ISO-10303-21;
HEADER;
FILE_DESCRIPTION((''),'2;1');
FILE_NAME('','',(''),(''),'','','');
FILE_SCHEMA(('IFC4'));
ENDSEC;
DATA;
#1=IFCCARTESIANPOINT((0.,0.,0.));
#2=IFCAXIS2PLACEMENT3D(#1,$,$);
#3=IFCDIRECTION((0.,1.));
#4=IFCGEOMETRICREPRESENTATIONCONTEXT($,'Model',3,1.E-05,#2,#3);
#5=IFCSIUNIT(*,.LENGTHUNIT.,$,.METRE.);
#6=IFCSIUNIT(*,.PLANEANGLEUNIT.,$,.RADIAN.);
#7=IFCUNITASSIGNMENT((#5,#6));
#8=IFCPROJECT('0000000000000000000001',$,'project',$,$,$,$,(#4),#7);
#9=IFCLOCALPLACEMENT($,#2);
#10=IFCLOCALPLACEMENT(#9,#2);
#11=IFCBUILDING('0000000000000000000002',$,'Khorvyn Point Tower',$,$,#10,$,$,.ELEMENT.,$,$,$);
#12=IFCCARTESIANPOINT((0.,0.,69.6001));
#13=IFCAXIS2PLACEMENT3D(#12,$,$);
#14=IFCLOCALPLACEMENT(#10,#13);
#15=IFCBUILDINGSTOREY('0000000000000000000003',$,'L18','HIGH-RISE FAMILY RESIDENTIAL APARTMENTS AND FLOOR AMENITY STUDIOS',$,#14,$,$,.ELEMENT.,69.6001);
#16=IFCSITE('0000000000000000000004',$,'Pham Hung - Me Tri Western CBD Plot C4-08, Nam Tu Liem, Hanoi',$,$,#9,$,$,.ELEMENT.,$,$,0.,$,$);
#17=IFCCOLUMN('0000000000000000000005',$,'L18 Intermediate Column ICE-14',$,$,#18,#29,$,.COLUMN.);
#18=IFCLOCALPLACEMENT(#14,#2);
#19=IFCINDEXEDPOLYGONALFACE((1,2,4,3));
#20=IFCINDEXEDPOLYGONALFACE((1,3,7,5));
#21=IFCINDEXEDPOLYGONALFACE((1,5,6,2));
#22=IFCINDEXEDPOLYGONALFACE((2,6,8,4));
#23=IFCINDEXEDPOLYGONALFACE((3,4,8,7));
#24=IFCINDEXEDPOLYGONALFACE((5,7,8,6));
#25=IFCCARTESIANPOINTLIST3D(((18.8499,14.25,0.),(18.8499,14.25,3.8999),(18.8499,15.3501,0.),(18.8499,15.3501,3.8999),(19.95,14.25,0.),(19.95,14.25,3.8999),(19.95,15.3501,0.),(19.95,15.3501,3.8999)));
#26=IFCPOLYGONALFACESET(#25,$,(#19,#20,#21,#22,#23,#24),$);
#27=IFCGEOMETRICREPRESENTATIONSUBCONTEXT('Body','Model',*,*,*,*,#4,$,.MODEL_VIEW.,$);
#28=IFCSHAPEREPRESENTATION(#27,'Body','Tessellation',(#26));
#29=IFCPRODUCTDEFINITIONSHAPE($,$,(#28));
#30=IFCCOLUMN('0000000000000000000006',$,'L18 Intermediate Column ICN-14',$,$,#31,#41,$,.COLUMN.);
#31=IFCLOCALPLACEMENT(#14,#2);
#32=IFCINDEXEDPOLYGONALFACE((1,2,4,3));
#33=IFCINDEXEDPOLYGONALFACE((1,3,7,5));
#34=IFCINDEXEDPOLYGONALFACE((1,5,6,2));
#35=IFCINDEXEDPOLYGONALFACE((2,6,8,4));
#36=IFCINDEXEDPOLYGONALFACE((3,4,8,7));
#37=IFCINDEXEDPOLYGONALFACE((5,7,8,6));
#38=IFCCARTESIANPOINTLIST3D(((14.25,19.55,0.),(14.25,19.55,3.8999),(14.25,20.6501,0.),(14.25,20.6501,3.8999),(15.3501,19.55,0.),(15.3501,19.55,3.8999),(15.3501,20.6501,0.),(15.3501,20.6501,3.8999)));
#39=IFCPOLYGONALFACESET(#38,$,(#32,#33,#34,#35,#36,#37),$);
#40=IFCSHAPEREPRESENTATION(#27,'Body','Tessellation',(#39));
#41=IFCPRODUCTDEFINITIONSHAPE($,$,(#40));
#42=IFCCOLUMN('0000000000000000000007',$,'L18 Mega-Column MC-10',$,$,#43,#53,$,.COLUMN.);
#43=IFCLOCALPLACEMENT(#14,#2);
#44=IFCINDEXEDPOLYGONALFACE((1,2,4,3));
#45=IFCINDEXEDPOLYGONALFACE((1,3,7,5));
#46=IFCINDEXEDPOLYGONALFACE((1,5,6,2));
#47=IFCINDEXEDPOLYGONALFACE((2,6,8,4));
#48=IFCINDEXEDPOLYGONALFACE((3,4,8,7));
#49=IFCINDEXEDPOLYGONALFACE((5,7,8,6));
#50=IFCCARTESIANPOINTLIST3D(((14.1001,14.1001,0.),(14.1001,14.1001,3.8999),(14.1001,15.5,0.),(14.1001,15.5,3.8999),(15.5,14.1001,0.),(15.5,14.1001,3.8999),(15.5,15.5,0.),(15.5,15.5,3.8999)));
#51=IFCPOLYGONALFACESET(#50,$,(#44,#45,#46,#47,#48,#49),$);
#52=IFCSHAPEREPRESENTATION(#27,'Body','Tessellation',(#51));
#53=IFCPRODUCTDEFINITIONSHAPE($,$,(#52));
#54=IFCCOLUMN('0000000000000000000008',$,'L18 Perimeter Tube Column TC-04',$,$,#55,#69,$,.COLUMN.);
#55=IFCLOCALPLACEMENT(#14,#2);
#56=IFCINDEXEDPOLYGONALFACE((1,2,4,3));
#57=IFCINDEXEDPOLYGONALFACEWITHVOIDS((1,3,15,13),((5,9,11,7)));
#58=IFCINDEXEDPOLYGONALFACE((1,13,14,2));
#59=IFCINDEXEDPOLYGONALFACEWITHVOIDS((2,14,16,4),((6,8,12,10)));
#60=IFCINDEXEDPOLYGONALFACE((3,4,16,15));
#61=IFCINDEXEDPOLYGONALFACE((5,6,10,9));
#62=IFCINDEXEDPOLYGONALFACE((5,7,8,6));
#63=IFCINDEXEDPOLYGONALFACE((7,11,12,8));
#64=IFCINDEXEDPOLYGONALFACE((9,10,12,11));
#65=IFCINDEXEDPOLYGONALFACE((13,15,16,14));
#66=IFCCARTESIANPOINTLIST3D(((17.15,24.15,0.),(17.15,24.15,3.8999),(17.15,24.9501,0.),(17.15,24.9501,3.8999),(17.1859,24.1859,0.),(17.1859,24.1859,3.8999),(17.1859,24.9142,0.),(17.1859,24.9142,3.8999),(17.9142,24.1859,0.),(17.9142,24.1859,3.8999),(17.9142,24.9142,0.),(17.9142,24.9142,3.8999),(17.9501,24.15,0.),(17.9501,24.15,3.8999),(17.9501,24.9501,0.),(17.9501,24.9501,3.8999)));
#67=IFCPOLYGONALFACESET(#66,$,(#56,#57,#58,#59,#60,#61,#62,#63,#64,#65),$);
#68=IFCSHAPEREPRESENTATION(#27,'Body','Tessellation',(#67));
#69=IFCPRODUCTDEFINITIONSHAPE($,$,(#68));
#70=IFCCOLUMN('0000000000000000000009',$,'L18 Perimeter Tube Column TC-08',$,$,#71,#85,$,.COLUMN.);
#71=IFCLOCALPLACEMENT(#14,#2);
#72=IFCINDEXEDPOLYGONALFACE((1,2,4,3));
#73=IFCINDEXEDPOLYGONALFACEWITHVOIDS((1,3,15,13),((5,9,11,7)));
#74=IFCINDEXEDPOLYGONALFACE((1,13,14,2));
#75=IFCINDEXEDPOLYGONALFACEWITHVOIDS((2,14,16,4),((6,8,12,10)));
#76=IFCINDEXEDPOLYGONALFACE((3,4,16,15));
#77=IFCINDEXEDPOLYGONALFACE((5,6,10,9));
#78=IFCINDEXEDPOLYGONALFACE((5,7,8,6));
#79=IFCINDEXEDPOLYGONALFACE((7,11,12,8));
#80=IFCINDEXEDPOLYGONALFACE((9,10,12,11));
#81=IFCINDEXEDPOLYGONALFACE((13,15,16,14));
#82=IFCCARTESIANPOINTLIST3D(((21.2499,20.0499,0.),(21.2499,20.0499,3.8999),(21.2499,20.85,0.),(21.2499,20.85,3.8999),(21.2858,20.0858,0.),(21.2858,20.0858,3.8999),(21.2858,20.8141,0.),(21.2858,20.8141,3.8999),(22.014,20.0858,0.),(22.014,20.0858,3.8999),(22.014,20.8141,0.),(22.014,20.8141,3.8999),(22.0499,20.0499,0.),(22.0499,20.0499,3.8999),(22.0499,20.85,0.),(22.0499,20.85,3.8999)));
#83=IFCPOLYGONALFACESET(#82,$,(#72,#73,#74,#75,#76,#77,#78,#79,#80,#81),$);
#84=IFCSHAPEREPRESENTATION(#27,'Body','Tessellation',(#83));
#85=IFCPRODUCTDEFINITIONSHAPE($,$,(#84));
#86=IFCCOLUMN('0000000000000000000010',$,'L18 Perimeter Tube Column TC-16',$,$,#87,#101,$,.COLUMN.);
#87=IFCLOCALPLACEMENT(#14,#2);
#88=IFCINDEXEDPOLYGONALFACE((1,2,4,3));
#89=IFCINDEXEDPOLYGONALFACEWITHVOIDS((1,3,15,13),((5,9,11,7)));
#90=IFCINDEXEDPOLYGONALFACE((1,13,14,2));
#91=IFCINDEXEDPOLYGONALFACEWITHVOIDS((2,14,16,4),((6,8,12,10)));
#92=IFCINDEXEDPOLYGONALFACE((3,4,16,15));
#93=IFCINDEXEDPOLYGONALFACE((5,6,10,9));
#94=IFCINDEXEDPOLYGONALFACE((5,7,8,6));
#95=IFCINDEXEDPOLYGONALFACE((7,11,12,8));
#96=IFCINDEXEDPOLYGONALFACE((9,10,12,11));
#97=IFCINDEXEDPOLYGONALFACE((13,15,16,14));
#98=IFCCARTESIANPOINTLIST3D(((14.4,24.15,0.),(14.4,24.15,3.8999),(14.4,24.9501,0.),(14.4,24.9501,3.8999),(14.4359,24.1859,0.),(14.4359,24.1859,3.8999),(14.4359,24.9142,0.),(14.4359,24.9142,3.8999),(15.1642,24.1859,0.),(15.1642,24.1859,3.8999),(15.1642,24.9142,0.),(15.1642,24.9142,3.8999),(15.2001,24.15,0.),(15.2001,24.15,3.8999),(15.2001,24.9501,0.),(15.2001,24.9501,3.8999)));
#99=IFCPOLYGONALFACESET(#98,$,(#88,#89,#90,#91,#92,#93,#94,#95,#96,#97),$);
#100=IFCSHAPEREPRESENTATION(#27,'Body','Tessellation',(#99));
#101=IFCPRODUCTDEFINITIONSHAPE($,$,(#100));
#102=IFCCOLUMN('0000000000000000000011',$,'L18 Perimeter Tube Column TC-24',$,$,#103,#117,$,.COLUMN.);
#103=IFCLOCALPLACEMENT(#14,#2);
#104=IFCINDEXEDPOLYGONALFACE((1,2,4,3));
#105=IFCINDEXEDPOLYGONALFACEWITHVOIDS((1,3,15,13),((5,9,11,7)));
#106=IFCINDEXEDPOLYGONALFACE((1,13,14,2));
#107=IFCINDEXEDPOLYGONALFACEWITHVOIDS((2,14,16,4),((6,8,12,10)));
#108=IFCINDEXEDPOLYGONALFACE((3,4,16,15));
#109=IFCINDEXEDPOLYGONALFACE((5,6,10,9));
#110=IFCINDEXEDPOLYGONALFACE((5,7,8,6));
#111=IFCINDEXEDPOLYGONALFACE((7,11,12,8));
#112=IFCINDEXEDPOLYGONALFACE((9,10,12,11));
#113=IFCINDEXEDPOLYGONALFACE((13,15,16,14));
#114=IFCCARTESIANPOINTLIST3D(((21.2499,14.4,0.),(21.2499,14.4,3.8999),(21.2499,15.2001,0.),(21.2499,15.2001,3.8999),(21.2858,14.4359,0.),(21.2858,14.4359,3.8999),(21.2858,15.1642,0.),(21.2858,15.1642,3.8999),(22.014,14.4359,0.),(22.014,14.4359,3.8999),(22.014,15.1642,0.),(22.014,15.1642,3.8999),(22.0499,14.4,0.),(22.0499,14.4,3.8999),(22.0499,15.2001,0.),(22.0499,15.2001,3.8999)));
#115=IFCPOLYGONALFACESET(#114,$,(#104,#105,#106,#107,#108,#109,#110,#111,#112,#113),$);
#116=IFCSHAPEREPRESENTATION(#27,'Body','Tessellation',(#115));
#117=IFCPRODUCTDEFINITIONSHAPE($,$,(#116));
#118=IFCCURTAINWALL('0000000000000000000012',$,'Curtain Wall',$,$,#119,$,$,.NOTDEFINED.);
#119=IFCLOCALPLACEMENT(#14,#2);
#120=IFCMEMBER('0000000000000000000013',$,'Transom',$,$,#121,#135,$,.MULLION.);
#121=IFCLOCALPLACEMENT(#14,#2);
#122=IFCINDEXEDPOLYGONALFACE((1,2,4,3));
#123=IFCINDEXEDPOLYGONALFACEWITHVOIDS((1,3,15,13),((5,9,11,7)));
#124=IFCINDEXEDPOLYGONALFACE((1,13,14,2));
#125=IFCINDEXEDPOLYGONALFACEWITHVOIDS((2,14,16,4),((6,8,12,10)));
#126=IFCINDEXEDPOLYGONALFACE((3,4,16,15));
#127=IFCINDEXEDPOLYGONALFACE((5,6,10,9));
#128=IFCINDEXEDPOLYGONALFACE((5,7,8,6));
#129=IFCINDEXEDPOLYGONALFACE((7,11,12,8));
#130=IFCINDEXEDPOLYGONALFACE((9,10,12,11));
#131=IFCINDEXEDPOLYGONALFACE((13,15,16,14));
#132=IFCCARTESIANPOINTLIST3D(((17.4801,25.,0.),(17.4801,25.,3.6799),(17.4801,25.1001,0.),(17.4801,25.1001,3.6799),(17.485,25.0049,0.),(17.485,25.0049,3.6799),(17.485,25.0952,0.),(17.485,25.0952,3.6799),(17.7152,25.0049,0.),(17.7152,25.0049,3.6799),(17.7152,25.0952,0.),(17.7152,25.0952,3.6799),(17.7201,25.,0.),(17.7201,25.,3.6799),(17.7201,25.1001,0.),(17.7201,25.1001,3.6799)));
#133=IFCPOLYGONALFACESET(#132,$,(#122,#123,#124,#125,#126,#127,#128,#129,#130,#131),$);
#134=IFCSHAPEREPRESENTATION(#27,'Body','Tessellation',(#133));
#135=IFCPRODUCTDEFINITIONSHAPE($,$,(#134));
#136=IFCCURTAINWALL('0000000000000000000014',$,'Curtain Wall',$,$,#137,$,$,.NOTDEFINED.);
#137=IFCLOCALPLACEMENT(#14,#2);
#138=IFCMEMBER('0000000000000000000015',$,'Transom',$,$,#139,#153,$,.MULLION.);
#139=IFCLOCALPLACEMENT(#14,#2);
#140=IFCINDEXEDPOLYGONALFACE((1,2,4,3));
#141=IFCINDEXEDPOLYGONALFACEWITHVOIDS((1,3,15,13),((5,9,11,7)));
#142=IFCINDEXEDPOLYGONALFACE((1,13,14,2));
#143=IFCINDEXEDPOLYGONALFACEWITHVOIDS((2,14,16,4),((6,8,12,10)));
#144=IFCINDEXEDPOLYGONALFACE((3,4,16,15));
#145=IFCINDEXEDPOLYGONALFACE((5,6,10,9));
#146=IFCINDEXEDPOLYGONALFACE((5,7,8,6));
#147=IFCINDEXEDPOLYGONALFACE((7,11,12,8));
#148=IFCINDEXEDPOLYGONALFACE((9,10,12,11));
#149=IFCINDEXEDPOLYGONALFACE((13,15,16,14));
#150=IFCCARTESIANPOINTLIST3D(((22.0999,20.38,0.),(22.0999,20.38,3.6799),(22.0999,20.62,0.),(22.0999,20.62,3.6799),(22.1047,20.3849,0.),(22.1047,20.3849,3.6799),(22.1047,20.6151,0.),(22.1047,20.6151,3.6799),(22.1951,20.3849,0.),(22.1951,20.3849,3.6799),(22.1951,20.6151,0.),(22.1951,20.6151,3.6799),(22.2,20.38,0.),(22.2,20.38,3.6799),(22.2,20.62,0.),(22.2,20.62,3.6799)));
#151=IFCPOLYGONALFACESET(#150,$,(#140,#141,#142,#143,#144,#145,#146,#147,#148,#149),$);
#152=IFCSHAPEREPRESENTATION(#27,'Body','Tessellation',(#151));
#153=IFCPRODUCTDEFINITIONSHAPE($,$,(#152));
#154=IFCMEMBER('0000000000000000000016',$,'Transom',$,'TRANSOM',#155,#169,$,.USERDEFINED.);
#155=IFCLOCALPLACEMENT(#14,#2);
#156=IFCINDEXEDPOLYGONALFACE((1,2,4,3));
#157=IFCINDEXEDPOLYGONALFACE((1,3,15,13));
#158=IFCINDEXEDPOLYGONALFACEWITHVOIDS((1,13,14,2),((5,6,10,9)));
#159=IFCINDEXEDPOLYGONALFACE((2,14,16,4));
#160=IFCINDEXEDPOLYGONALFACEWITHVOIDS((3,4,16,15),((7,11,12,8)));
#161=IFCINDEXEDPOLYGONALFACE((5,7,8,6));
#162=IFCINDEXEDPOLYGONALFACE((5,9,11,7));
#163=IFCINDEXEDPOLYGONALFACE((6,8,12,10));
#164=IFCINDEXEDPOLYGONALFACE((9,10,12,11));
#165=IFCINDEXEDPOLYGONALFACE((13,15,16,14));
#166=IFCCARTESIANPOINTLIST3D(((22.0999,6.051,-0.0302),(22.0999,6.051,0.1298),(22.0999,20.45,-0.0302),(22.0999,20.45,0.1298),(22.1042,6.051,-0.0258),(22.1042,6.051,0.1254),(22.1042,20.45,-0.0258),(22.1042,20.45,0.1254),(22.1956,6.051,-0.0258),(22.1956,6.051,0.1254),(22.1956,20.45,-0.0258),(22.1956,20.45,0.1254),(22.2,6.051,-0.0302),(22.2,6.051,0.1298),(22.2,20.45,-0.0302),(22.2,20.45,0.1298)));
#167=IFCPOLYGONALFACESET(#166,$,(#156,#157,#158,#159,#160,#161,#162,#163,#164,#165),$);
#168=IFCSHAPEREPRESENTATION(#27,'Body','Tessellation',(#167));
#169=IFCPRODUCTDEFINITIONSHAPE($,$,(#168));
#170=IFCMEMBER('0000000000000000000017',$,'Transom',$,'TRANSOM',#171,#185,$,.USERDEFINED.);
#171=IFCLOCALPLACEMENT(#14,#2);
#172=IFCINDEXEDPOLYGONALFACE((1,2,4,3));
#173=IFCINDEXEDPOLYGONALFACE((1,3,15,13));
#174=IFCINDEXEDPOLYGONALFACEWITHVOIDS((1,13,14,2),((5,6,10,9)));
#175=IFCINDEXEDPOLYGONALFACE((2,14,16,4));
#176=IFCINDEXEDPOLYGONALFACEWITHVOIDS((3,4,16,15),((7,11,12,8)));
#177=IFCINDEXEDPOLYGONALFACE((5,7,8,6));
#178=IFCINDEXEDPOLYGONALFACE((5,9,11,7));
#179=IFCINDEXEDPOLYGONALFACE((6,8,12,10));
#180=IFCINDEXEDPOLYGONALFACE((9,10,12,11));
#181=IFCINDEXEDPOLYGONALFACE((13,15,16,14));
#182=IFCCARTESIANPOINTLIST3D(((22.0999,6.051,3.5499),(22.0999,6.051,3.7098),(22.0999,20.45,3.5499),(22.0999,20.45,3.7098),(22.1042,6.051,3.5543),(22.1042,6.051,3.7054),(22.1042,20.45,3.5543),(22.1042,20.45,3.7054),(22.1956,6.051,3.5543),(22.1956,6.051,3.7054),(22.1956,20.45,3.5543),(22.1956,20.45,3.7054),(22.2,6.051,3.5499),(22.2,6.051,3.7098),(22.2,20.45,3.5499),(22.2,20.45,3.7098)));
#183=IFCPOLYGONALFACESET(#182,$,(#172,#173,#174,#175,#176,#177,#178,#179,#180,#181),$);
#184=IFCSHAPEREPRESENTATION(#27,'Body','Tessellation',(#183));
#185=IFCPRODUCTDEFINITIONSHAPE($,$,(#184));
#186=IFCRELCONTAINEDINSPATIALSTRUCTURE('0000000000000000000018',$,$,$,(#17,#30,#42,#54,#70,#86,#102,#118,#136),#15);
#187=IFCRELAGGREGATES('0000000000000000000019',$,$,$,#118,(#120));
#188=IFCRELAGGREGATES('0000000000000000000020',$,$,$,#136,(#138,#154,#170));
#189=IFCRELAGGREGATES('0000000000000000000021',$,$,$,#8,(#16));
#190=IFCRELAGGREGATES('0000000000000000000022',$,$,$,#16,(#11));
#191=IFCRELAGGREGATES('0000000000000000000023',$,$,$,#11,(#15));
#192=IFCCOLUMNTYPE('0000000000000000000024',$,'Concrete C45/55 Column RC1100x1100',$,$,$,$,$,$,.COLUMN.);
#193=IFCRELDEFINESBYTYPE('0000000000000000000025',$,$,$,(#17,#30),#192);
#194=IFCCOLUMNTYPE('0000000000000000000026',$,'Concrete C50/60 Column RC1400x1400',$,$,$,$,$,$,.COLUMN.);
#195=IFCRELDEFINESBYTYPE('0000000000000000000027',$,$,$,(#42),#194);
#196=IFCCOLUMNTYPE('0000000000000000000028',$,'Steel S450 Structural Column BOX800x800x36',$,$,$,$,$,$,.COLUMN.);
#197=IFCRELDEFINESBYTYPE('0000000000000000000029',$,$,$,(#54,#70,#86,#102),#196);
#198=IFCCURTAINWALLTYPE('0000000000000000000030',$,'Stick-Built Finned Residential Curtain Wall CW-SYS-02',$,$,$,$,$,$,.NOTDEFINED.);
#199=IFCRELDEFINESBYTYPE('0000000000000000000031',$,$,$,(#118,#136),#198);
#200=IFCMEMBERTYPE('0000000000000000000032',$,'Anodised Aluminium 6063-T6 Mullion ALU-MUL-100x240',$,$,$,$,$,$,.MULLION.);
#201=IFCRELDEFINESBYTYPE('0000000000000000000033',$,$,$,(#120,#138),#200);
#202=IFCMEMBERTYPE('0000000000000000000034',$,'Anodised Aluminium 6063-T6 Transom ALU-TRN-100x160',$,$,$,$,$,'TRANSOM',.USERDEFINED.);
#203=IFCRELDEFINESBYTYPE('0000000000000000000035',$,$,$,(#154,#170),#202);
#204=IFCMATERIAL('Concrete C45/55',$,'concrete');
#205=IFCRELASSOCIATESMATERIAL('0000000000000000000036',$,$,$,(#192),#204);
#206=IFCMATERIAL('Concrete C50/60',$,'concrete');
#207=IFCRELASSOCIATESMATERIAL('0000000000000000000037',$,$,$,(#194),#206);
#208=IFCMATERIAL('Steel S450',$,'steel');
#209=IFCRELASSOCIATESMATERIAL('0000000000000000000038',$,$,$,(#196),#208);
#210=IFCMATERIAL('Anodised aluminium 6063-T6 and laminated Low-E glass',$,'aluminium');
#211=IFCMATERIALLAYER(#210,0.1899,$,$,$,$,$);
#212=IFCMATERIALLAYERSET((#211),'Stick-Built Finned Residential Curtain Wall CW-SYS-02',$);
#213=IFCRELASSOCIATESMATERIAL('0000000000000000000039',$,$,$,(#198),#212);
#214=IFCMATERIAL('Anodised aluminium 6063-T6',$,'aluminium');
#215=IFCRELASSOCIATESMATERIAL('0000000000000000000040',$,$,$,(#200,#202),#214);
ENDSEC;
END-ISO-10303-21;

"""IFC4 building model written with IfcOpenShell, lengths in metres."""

from ifc_helpers import new_model, si_unit, direction, frame, origin, origin_2d, place, context, subcontext, project, spatial, rectangle, hollow_rectangle, extrude, material, layer, layer_set, material_profile, profile_set, type_object, element, aggregate, save


model = new_model("IFC4")

# Units and contexts
model_context = context("Model", 3, precision=1e-05, world=origin(), true_north=direction((0.0, 1.0)))
body_context = subcontext(model_context, "Body", "Model", "MODEL_VIEW")
ifc_project = project(units=[si_unit("LENGTHUNIT", "METRE"), si_unit("PLANEANGLEUNIT", "RADIAN")], contexts=[model_context])

# Site, building, storey
site_placement = place(None, origin())
site = spatial("IfcSite", under=ifc_project, at=site_placement, Name="Pham Hung - Me Tri Western CBD Plot C4-08, Nam Tu Liem, Hanoi", CompositionType="ELEMENT", RefElevation=0.0)
building_placement = place(site_placement, origin())
building = spatial("IfcBuilding", under=site, at=building_placement, Name="Khorvyn Point Tower", CompositionType="ELEMENT")
storey_placement = place(building_placement, frame((0.0, 0.0, 69.6001)))
storey = spatial("IfcBuildingStorey", under=building, at=storey_placement, Name="L18", Description="HIGH-RISE FAMILY RESIDENTIAL APARTMENTS AND FLOOR AMENITY STUDIOS", CompositionType="ELEMENT", Elevation=69.6001)

# Columns
ifc_material_1 = material(Name="Concrete C45/55", Category="concrete")
ifc_material_profile_1 = material_profile(ifc_material_1, rectangle(XDim=1.1001, YDim=1.1001, at=origin_2d()))
ifc_profile_set_1 = profile_set([ifc_material_profile_1], Name="Concrete C45/55 RC1100x1100")
column_type_1 = type_object("IfcColumnType", Name="Concrete C45/55 Column RC1100x1100", PredefinedType="COLUMN", material=ifc_profile_set_1)
for number, where, z_axis, x_axis, name in (
    (1, (19.3999, 14.8, 0.0), (0.0, 0.0, 1.0), (1.0, 0.0, 0.0), "L18 Intermediate Column ICE-14"),
    (2, (14.8, 20.1001, 0.0), (0.0, 0.0, 1.0), (1.0, 0.0, 0.0), "L18 Intermediate Column ICN-14"),
):
    element("IfcColumn", number, at=place(storey_placement, frame(where, z_axis=z_axis, x_axis=x_axis)), inside=storey, type_object=column_type_1, Name=name, PredefinedType="COLUMN", context=body_context, shape_type="SweptSolid", body=[
        extrude(rectangle(XDim=1.1001, YDim=1.1001, at=origin_2d()), origin(), (0.0, 0.0, 1.0), 3.8999),
    ])
ifc_material_2 = material(Name="Concrete C50/60", Category="concrete")
ifc_material_profile_2 = material_profile(ifc_material_2, rectangle(XDim=1.3999, YDim=1.3999, at=origin_2d()))
ifc_profile_set_2 = profile_set([ifc_material_profile_2], Name="Concrete C50/60 RC1400x1400")
column_type_2 = type_object("IfcColumnType", Name="Concrete C50/60 Column RC1400x1400", PredefinedType="COLUMN", material=ifc_profile_set_2)
column_placement = place(storey_placement, frame((14.8, 14.8, 0.0), z_axis=(0.0, 0.0, 1.0), x_axis=(1.0, 0.0, 0.0)))
element("IfcColumn", 3, at=column_placement, inside=storey, type_object=column_type_2, Name="L18 Mega-Column MC-10", PredefinedType="COLUMN", context=body_context, shape_type="SweptSolid", body=[
    extrude(rectangle(XDim=1.3999, YDim=1.3999, at=origin_2d()), origin(), (0.0, 0.0, 1.0), 3.8999),
])
ifc_material_3 = material(Name="Steel S450", Category="steel")
ifc_material_profile_3 = material_profile(ifc_material_3, hollow_rectangle(XDim=0.8, YDim=0.8, WallThickness=0.0359, at=origin_2d()))
ifc_profile_set_3 = profile_set([ifc_material_profile_3], Name="Steel S450 BOX800x800x36")
column_type_3 = type_object("IfcColumnType", Name="Steel S450 Structural Column BOX800x800x36", PredefinedType="COLUMN", material=ifc_profile_set_3)
for number, where, z_axis, x_axis, name in (
    (4, (17.55, 24.55, 0.0), (0.0, 0.0, 1.0), (1.0, 0.0, 0.0), "L18 Perimeter Tube Column TC-04"),
    (5, (21.6499, 20.45, 0.0), (0.0, 0.0, 1.0), (1.0, 0.0, 0.0), "L18 Perimeter Tube Column TC-08"),
    (6, (14.8, 24.55, 0.0), (0.0, 0.0, 1.0), (1.0, 0.0, 0.0), "L18 Perimeter Tube Column TC-16"),
    (7, (21.6499, 14.8, 0.0), (0.0, 0.0, 1.0), (1.0, 0.0, 0.0), "L18 Perimeter Tube Column TC-24"),
):
    element("IfcColumn", number, at=place(storey_placement, frame(where, z_axis=z_axis, x_axis=x_axis)), inside=storey, type_object=column_type_3, Name=name, PredefinedType="COLUMN", context=body_context, shape_type="SweptSolid", body=[
        extrude(hollow_rectangle(XDim=0.8, YDim=0.8, WallThickness=0.0359, at=origin_2d()), origin(), (0.0, 0.0, 1.0), 3.8999),
    ])

# Curtain wall, member
ifc_material_4 = material(Name="Anodised aluminium 6063-T6 and laminated Low-E glass", Category="aluminium")
ifc_layer_1 = layer(ifc_material_4, 0.1899)
ifc_layer_set_1 = layer_set([ifc_layer_1], Name="Stick-Built Finned Residential Curtain Wall CW-SYS-02")
curtain_wall_type = type_object("IfcCurtainWallType", Name="Stick-Built Finned Residential Curtain Wall CW-SYS-02", PredefinedType="NOTDEFINED", material=ifc_layer_set_1)
curtain_wall_1_placement = place(storey_placement, origin())
curtain_wall_1 = element("IfcCurtainWall", 8, at=curtain_wall_1_placement, inside=storey, type_object=curtain_wall_type, Name="Curtain Wall", PredefinedType="NOTDEFINED")
ifc_material_5 = material(Name="Anodised aluminium 6063-T6", Category="aluminium")
ifc_material_profile_4 = material_profile(ifc_material_5, hollow_rectangle(XDim=0.1001, YDim=0.24, WallThickness=0.0049, at=origin_2d()))
ifc_profile_set_4 = profile_set([ifc_material_profile_4], Name="Anodised aluminium 6063-T6 ALU-MUL-100x240")
member_type_1 = type_object("IfcMemberType", Name="Anodised Aluminium 6063-T6 Mullion ALU-MUL-100x240", PredefinedType="MULLION", material=ifc_profile_set_4)
member_1_placement = place(storey_placement, frame((17.6001, 25.05, 0.0), z_axis=(0.0, 0.0, 1.0), x_axis=(0.0, 1.0, 0.0)))
member_1 = element("IfcMember", 9, at=member_1_placement, type_object=member_type_1, Name="Transom", PredefinedType="MULLION", context=body_context, shape_type="SweptSolid", body=[
    extrude(hollow_rectangle(XDim=0.1001, YDim=0.24, WallThickness=0.0049, at=origin_2d()), origin(), (0.0, 0.0, 1.0), 3.6799),
])

# Curtain wall, members
curtain_wall_2_placement = place(storey_placement, origin())
curtain_wall_2 = element("IfcCurtainWall", 10, at=curtain_wall_2_placement, inside=storey, type_object=curtain_wall_type, Name="Curtain Wall", PredefinedType="NOTDEFINED")
member_2_placement = place(storey_placement, frame((22.1499, 20.5, 0.0), z_axis=(0.0, 0.0, 1.0), x_axis=(1.0, 0.0, 0.0)))
member_2 = element("IfcMember", 11, at=member_2_placement, type_object=member_type_1, Name="Transom", PredefinedType="MULLION", context=body_context, shape_type="SweptSolid", body=[
    extrude(hollow_rectangle(XDim=0.1001, YDim=0.24, WallThickness=0.0049, at=origin_2d()), origin(), (0.0, 0.0, 1.0), 3.6799),
])
ifc_material_profile_5 = material_profile(ifc_material_5, hollow_rectangle(XDim=0.1001, YDim=0.1599, WallThickness=0.0044, at=origin_2d()))
ifc_profile_set_5 = profile_set([ifc_material_profile_5], Name="Anodised aluminium 6063-T6 ALU-TRN-100x160")
member_type_2 = type_object("IfcMemberType", Name="Anodised Aluminium 6063-T6 Transom ALU-TRN-100x160", ElementType="TRANSOM", PredefinedType="USERDEFINED", material=ifc_profile_set_5)
member_3_placement = place(storey_placement, frame((22.1499, 20.45, 0.0498), z_axis=(0.0, -1.0, 0.0), x_axis=(1.0, 0.0, 0.0)))
member_3 = element("IfcMember", 12, at=member_3_placement, type_object=member_type_2, Name="Transom", ObjectType="TRANSOM", PredefinedType="USERDEFINED", context=body_context, shape_type="SweptSolid", body=[
    extrude(hollow_rectangle(XDim=0.1001, YDim=0.1599, WallThickness=0.0044, at=origin_2d()), origin(), (0.0, 0.0, 1.0), 14.3989),
])
member_4_placement = place(storey_placement, frame((22.1499, 20.45, 3.6299), z_axis=(0.0, -1.0, 0.0), x_axis=(1.0, 0.0, 0.0)))
member_4 = element("IfcMember", 13, at=member_4_placement, type_object=member_type_2, Name="Transom", ObjectType="TRANSOM", PredefinedType="USERDEFINED", context=body_context, shape_type="SweptSolid", body=[
    extrude(hollow_rectangle(XDim=0.1001, YDim=0.1599, WallThickness=0.0044, at=origin_2d()), origin(), (0.0, 0.0, 1.0), 14.3989),
])

aggregate(curtain_wall_1, [member_1])
aggregate(curtain_wall_2, [member_2, member_3, member_4])

save(model, "model.ifc")
